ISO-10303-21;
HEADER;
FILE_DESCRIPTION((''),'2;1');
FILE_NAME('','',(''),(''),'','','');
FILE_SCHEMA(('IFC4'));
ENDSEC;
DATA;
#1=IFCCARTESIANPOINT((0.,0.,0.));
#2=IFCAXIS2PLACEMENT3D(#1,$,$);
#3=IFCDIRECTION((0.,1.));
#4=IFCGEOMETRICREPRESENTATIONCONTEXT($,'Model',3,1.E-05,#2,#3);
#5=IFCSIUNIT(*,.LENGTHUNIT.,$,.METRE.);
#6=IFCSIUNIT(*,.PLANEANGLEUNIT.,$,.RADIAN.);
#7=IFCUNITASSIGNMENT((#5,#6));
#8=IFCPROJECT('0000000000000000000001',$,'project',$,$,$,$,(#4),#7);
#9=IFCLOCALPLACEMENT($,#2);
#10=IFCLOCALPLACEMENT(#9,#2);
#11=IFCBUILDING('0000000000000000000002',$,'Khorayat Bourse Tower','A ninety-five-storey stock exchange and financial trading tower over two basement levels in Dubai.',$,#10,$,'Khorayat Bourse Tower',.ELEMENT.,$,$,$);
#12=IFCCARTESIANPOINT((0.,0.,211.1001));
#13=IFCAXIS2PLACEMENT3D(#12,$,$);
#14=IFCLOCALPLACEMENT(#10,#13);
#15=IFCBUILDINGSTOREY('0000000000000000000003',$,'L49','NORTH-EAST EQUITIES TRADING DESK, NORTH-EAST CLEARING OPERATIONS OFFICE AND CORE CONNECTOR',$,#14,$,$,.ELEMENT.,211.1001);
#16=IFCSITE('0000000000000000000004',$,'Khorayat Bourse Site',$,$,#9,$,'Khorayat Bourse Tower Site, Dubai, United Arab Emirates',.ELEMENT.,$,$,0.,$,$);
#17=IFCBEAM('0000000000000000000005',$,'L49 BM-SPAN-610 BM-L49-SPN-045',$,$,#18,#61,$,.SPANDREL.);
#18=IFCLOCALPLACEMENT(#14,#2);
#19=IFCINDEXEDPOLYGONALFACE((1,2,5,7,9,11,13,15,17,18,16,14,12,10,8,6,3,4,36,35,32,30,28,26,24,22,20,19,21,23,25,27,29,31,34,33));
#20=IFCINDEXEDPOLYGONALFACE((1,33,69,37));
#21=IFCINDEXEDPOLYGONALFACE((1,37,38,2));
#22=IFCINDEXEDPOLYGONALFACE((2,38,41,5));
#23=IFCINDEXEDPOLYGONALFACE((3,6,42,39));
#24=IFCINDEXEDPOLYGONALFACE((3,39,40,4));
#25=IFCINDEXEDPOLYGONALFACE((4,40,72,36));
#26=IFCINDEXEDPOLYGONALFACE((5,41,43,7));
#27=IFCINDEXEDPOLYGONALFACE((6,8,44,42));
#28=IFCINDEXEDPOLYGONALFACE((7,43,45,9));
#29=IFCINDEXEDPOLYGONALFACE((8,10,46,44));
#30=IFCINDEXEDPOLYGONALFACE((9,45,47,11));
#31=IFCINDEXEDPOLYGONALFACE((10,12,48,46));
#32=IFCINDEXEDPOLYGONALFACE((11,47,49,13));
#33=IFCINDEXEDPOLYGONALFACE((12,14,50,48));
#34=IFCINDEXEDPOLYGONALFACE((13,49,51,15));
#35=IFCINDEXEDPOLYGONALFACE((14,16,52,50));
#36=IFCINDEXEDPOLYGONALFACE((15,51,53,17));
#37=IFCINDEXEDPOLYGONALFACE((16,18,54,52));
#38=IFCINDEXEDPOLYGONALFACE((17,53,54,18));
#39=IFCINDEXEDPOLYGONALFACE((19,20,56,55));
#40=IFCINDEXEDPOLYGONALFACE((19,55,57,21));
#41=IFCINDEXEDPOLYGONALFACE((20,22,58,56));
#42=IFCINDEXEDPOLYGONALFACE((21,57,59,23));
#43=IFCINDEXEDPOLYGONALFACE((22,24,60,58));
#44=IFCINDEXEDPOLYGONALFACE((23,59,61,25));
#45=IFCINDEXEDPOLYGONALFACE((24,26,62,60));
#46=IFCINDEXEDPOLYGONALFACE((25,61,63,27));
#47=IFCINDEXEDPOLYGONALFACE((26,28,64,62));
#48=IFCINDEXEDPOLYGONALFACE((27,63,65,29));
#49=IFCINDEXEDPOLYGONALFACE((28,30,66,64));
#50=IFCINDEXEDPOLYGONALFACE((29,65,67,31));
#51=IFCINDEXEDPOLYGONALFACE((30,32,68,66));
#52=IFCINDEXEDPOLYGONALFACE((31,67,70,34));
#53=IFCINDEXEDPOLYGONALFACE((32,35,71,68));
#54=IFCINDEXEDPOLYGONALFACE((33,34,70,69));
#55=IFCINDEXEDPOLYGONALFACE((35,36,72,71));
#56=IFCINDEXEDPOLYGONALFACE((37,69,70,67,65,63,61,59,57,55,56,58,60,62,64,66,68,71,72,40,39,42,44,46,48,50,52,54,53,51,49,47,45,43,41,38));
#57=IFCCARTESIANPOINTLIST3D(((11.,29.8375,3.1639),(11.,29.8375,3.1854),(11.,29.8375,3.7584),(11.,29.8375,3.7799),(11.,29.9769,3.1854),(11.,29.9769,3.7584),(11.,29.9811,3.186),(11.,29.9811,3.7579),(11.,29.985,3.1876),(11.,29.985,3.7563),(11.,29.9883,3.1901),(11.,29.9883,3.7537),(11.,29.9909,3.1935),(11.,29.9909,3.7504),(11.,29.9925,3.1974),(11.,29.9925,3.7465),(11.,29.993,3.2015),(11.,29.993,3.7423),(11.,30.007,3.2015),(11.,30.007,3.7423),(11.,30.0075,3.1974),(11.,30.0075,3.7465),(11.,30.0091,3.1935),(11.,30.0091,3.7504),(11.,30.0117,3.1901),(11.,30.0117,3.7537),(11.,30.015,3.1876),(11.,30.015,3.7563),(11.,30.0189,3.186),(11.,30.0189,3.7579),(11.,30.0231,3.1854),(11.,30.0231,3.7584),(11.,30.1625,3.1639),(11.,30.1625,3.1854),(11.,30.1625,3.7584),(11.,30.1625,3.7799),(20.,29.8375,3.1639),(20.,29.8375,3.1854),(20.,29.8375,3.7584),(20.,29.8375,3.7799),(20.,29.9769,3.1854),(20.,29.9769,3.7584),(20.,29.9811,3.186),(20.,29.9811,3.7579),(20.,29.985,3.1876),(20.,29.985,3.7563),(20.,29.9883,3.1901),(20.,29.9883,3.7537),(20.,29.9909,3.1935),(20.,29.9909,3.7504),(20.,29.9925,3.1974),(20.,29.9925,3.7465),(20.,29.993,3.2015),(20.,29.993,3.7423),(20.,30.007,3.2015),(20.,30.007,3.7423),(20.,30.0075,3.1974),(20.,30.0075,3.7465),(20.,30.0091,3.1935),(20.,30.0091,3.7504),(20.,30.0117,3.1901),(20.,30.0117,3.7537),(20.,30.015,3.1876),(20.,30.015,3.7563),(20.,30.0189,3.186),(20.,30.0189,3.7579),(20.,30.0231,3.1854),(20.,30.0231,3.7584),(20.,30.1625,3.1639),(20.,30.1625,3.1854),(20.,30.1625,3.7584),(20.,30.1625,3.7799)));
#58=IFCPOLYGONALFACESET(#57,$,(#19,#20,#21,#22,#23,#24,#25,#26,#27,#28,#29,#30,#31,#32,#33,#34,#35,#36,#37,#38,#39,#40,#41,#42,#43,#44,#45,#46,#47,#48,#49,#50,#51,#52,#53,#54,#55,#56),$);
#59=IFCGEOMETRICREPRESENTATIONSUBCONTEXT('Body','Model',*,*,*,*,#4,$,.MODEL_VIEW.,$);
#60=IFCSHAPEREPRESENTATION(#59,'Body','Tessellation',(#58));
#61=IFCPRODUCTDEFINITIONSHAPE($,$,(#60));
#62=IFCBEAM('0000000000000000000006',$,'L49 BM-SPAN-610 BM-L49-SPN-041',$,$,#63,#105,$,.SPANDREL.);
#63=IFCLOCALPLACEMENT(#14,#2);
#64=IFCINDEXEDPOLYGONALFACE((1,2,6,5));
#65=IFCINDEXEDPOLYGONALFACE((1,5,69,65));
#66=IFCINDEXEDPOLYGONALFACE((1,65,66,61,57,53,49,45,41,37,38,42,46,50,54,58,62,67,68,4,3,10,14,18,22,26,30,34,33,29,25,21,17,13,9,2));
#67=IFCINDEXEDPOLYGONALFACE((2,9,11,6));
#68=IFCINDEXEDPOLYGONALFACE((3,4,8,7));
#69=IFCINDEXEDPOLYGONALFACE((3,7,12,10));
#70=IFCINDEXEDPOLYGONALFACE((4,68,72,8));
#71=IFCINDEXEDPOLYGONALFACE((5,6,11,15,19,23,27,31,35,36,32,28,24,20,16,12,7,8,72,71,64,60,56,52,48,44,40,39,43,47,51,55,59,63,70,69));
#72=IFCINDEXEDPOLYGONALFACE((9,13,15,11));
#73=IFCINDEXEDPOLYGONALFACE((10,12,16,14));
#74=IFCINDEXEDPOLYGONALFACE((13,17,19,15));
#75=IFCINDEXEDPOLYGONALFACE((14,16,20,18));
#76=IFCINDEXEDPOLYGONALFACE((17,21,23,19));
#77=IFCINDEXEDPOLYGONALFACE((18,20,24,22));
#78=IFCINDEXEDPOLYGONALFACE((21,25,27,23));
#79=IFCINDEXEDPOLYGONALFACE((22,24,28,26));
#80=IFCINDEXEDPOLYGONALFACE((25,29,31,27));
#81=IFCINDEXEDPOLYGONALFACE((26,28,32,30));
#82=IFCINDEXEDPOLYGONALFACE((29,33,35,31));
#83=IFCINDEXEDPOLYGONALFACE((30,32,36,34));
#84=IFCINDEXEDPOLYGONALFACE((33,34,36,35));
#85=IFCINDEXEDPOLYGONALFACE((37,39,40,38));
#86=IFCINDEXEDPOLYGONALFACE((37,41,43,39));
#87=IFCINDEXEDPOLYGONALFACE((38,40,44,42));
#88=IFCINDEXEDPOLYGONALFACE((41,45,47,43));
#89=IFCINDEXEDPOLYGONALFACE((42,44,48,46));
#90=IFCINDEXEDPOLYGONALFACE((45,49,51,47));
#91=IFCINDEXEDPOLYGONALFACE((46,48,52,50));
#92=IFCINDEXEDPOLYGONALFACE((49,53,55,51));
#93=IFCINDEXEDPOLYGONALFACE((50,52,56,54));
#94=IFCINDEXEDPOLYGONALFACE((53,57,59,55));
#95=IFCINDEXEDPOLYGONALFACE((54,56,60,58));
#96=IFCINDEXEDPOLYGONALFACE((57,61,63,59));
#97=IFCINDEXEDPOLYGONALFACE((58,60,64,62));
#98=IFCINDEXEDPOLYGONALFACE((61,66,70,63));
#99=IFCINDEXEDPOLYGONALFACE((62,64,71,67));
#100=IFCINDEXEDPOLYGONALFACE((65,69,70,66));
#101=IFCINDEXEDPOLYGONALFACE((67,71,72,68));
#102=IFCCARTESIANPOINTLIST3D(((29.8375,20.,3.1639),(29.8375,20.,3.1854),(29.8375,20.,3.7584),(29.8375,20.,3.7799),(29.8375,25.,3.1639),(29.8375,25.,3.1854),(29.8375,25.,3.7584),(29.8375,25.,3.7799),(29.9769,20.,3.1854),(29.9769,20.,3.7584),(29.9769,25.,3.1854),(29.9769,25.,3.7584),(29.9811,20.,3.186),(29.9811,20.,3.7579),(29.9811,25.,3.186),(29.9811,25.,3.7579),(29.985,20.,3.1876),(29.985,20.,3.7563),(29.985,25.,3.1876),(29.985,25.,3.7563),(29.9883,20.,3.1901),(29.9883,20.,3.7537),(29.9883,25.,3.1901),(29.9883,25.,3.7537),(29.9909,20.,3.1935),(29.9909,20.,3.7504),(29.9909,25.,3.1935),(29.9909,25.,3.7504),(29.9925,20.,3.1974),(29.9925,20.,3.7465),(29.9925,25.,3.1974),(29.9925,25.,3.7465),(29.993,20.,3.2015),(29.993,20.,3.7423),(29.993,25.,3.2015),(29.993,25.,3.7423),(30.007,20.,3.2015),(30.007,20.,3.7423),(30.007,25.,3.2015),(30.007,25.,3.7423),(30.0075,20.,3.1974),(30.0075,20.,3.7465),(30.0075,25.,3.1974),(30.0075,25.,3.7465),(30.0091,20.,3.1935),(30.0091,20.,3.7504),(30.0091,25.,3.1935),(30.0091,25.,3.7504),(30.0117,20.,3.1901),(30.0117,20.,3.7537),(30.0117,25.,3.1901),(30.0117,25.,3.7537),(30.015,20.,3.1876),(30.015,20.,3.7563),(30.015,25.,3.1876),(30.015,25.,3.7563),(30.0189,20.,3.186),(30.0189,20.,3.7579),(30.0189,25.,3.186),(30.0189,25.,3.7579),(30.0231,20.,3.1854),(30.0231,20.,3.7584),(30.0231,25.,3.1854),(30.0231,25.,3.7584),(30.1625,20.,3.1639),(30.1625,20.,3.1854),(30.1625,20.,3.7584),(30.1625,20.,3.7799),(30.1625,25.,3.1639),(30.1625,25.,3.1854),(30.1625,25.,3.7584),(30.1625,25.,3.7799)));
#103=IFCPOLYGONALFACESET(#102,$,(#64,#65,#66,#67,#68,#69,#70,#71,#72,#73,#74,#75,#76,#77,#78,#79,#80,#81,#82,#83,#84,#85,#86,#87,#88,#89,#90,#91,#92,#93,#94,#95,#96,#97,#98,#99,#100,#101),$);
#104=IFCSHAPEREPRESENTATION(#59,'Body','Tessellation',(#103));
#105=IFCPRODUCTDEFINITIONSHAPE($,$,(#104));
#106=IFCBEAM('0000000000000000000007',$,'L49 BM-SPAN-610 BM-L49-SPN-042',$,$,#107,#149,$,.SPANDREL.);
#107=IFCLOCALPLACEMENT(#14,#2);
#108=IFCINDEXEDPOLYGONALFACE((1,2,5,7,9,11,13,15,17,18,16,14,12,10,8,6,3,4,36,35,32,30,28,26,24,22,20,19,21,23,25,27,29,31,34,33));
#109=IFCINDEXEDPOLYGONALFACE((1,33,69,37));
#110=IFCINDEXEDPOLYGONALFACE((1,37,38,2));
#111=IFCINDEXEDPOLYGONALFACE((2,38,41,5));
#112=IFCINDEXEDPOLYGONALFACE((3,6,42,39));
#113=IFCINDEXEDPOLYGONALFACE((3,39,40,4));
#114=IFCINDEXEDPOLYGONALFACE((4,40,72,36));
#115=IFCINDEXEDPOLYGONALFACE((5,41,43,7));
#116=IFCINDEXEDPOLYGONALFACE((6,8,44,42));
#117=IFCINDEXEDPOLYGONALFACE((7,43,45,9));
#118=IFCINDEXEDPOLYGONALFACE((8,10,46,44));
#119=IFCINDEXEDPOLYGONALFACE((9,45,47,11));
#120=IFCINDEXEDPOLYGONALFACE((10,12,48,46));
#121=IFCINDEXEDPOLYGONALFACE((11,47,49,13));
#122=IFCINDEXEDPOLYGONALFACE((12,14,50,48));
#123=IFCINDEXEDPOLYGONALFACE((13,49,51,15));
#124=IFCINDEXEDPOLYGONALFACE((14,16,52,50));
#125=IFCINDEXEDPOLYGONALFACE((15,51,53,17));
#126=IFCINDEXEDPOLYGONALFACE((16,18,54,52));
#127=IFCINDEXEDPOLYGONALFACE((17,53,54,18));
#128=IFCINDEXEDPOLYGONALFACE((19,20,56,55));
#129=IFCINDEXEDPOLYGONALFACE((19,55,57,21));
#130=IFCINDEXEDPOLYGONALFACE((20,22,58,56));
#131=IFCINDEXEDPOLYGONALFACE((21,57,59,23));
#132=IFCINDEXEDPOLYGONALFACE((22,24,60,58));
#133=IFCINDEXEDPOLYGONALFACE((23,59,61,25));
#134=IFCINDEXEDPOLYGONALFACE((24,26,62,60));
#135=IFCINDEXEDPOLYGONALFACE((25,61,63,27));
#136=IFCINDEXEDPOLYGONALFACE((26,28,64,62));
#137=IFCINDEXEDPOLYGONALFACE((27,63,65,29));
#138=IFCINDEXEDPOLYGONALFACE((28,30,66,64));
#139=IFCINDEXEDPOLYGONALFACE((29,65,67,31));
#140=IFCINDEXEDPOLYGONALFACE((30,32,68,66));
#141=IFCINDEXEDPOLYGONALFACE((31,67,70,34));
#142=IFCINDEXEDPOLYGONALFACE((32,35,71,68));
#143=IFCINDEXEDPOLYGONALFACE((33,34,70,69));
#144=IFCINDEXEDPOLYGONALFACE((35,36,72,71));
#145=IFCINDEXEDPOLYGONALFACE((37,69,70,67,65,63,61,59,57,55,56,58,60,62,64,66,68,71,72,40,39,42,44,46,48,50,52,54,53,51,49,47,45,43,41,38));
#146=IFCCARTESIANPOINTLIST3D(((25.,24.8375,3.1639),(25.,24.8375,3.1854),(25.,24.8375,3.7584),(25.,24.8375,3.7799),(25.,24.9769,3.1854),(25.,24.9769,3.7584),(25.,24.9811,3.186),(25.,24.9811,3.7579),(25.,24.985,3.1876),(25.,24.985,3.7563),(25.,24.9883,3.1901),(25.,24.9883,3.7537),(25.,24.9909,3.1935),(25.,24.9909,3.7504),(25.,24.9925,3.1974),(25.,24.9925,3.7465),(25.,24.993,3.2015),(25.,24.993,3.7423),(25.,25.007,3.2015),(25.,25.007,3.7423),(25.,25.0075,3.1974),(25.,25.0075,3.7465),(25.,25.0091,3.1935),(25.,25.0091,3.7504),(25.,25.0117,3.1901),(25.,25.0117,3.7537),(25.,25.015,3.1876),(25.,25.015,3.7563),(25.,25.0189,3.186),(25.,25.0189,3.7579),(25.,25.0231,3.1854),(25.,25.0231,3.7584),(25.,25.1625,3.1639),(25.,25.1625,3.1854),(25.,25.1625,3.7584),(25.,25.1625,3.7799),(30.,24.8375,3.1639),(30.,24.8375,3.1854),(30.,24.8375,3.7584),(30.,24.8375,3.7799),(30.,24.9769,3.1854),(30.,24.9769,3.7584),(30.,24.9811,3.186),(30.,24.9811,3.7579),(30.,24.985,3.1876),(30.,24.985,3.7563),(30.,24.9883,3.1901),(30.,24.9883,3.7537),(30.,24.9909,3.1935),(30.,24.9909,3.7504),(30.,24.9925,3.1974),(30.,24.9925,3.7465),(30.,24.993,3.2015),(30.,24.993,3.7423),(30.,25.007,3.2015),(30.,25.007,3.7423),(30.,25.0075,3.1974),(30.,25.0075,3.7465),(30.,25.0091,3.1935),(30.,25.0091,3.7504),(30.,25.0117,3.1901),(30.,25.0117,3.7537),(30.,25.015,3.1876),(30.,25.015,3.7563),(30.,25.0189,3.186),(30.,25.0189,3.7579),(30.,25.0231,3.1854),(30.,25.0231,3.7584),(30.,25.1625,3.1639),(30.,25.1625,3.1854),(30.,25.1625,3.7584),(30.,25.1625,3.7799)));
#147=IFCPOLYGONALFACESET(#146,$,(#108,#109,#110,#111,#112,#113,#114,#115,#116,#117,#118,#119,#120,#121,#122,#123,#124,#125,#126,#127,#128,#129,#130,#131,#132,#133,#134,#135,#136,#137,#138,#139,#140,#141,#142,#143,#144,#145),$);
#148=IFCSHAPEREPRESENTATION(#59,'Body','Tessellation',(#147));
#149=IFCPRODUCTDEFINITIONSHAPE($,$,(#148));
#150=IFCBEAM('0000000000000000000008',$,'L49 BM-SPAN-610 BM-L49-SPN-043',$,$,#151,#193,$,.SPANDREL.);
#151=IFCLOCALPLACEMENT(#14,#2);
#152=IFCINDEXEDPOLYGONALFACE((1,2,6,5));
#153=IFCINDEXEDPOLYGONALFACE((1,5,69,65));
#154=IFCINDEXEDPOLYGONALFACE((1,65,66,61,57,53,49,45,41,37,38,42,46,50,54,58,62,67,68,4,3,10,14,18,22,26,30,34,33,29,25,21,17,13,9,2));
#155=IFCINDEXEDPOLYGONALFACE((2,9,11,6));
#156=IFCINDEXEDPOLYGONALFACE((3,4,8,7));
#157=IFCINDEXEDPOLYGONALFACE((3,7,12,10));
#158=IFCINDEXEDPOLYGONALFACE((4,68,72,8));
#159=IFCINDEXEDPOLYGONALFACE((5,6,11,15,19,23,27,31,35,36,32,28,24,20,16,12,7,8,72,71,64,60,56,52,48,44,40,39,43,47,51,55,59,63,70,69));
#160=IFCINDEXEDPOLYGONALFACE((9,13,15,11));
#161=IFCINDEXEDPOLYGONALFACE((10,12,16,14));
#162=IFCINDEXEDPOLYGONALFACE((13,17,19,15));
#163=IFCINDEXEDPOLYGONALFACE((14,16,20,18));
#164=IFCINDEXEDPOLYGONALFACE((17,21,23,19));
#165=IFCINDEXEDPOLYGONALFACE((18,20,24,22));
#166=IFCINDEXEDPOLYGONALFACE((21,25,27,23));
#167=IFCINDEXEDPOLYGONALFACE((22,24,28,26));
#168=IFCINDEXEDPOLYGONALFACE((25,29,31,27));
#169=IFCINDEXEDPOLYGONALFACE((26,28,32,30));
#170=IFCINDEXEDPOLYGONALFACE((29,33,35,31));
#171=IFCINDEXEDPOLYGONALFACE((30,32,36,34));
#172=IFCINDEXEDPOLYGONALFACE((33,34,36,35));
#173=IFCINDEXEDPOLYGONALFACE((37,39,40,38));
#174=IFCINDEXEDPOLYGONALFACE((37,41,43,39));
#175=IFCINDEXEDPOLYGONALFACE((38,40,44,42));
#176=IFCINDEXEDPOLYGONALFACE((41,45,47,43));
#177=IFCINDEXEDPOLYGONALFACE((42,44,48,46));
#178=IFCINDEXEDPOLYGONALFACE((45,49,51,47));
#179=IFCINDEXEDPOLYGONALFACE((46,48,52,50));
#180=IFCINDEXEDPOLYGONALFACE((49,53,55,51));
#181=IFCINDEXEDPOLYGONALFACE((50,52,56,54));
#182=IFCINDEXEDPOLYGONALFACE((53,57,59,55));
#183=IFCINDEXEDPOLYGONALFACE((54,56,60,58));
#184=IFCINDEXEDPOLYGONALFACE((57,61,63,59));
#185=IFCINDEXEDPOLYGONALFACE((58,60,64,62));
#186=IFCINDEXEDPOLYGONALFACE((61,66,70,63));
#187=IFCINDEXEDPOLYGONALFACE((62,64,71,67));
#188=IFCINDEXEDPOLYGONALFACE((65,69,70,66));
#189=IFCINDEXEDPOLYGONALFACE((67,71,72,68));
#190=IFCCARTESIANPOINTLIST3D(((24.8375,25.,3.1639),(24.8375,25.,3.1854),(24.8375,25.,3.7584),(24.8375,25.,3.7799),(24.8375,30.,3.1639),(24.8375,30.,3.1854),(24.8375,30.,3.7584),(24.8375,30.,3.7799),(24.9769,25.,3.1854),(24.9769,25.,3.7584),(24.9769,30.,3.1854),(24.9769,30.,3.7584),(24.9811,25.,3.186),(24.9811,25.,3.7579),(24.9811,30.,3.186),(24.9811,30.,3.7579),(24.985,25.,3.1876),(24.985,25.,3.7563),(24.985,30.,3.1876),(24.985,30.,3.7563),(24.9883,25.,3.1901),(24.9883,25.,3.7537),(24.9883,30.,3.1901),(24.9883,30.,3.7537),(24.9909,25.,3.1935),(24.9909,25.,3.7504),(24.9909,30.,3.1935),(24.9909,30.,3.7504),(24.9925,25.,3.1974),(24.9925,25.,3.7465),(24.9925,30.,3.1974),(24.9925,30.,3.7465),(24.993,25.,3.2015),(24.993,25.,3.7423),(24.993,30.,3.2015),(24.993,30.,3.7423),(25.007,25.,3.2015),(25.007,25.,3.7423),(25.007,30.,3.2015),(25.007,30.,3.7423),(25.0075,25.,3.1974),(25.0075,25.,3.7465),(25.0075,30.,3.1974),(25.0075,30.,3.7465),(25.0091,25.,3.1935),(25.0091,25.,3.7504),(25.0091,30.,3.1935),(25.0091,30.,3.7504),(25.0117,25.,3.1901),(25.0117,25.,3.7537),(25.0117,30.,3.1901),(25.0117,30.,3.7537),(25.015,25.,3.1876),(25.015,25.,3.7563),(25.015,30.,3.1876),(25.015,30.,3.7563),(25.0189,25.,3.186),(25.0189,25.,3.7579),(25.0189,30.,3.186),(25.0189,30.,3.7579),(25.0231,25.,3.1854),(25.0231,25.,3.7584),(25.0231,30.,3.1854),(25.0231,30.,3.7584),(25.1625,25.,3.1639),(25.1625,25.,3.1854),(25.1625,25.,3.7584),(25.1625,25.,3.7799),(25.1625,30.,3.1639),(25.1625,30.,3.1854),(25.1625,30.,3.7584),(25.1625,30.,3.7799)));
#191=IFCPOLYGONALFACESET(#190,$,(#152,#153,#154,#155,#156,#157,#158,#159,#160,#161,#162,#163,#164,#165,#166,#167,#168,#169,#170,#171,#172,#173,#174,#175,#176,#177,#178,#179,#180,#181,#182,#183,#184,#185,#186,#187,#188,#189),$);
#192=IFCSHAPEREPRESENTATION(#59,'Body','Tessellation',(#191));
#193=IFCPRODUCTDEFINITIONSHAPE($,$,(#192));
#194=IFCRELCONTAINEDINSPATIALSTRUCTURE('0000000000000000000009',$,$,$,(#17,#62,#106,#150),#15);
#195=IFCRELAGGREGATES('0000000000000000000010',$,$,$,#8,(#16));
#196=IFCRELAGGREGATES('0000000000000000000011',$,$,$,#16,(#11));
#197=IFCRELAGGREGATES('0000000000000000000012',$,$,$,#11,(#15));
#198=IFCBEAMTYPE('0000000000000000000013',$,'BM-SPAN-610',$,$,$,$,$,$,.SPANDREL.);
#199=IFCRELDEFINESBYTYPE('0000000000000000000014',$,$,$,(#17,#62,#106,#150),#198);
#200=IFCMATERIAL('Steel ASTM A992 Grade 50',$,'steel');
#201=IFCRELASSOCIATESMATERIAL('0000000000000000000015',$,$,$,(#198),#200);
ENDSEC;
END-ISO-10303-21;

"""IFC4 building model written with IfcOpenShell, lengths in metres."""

from ifc_helpers import new_model, si_unit, direction, frame, origin, origin_2d, place, context, subcontext, project, spatial, i_section, extrude, source, transform, mapped, material, material_profile, profile_set, type_object, element, save


model = new_model("IFC4")

# Units and contexts
model_context = context("Model", 3, precision=1e-05, world=origin(), true_north=direction((0.0, 1.0)))
body_context = subcontext(model_context, "Body", "Model", "MODEL_VIEW")
ifc_project = project(units=[si_unit("LENGTHUNIT", "METRE"), si_unit("PLANEANGLEUNIT", "RADIAN")], contexts=[model_context])

# Site, building, storey
site_placement = place(None, origin())
site = spatial("IfcSite", under=ifc_project, at=site_placement, Name="Khorayat Bourse Site", LongName="Khorayat Bourse Tower Site, Dubai, United Arab Emirates", CompositionType="ELEMENT", RefElevation=0.0)
building_placement = place(site_placement, origin())
building = spatial("IfcBuilding", under=site, at=building_placement, Name="Khorayat Bourse Tower", Description="A ninety-five-storey stock exchange and financial trading tower over two basement levels in Dubai.", LongName="Khorayat Bourse Tower", CompositionType="ELEMENT")
storey_placement = place(building_placement, frame((0.0, 0.0, 211.1001)))
storey = spatial("IfcBuildingStorey", under=building, at=storey_placement, Name="L49", Description="NORTH-EAST EQUITIES TRADING DESK, NORTH-EAST CLEARING OPERATIONS OFFICE AND CORE CONNECTOR", CompositionType="ELEMENT", Elevation=211.1001)

# Beams
ifc_material_1 = material(Name="Steel ASTM A992 Grade 50", Category="steel")
ifc_material_profile_1 = material_profile(ifc_material_1, i_section(OverallWidth=0.325, OverallDepth=0.616, WebThickness=0.0139, FlangeThickness=0.0215, FilletRadius=0.0161, at=origin_2d()), Name="W610X174")
ifc_profile_set_1 = profile_set([ifc_material_profile_1], Name="Steel ASTM A992 Grade 50")
beam_type_1 = type_object("IfcBeamType", Name="BM-SPAN-610", PredefinedType="SPANDREL", material=ifc_profile_set_1)
shared_shape_1 = source(origin(), body_context, "Body", "SweptSolid", [
    extrude(i_section(OverallWidth=0.325, OverallDepth=0.616, WebThickness=0.0139, FlangeThickness=0.0215, FilletRadius=0.0161, at=origin_2d()), origin(), (0.0, 0.0, 1.0), 9.0),
])
beam_1_placement = place(storey_placement, frame((11.0, 30.0, 3.4719), z_axis=(1.0, 0.0, 0.0), x_axis=(0.0, 1.0, 0.0)))
element("IfcBeam", 1, at=beam_1_placement, inside=storey, type_object=beam_type_1, Name="L49 BM-SPAN-610 BM-L49-SPN-045", PredefinedType="SPANDREL", context=body_context, shape_type="MappedRepresentation", body=[
    mapped(shared_shape_1, transform((0.0, 0.0, 0.0), scale=1.0)),
])
shared_shape_2 = source(origin(), body_context, "Body", "SweptSolid", [
    extrude(i_section(OverallWidth=0.325, OverallDepth=0.616, WebThickness=0.0139, FlangeThickness=0.0215, FilletRadius=0.0161, at=origin_2d()), origin(), (0.0, 0.0, 1.0), 5.0),
])
for number, where, z_axis, x_axis, name in (
    (2, (30.0, 20.0, 3.4719), (0.0, 1.0, 0.0), (-1.0, 0.0, 0.0), "L49 BM-SPAN-610 BM-L49-SPN-041"),
    (3, (25.0, 25.0, 3.4719), (1.0, 0.0, 0.0), (0.0, 1.0, 0.0), "L49 BM-SPAN-610 BM-L49-SPN-042"),
    (4, (25.0, 25.0, 3.4719), (0.0, 1.0, 0.0), (-1.0, 0.0, 0.0), "L49 BM-SPAN-610 BM-L49-SPN-043"),
):
    element("IfcBeam", number, at=place(storey_placement, frame(where, z_axis=z_axis, x_axis=x_axis)), inside=storey, type_object=beam_type_1, Name=name, PredefinedType="SPANDREL", context=body_context, shape_type="MappedRepresentation", body=[
        mapped(shared_shape_2, transform((0.0, 0.0, 0.0), scale=1.0)),
    ])

save(model, "model.ifc")
